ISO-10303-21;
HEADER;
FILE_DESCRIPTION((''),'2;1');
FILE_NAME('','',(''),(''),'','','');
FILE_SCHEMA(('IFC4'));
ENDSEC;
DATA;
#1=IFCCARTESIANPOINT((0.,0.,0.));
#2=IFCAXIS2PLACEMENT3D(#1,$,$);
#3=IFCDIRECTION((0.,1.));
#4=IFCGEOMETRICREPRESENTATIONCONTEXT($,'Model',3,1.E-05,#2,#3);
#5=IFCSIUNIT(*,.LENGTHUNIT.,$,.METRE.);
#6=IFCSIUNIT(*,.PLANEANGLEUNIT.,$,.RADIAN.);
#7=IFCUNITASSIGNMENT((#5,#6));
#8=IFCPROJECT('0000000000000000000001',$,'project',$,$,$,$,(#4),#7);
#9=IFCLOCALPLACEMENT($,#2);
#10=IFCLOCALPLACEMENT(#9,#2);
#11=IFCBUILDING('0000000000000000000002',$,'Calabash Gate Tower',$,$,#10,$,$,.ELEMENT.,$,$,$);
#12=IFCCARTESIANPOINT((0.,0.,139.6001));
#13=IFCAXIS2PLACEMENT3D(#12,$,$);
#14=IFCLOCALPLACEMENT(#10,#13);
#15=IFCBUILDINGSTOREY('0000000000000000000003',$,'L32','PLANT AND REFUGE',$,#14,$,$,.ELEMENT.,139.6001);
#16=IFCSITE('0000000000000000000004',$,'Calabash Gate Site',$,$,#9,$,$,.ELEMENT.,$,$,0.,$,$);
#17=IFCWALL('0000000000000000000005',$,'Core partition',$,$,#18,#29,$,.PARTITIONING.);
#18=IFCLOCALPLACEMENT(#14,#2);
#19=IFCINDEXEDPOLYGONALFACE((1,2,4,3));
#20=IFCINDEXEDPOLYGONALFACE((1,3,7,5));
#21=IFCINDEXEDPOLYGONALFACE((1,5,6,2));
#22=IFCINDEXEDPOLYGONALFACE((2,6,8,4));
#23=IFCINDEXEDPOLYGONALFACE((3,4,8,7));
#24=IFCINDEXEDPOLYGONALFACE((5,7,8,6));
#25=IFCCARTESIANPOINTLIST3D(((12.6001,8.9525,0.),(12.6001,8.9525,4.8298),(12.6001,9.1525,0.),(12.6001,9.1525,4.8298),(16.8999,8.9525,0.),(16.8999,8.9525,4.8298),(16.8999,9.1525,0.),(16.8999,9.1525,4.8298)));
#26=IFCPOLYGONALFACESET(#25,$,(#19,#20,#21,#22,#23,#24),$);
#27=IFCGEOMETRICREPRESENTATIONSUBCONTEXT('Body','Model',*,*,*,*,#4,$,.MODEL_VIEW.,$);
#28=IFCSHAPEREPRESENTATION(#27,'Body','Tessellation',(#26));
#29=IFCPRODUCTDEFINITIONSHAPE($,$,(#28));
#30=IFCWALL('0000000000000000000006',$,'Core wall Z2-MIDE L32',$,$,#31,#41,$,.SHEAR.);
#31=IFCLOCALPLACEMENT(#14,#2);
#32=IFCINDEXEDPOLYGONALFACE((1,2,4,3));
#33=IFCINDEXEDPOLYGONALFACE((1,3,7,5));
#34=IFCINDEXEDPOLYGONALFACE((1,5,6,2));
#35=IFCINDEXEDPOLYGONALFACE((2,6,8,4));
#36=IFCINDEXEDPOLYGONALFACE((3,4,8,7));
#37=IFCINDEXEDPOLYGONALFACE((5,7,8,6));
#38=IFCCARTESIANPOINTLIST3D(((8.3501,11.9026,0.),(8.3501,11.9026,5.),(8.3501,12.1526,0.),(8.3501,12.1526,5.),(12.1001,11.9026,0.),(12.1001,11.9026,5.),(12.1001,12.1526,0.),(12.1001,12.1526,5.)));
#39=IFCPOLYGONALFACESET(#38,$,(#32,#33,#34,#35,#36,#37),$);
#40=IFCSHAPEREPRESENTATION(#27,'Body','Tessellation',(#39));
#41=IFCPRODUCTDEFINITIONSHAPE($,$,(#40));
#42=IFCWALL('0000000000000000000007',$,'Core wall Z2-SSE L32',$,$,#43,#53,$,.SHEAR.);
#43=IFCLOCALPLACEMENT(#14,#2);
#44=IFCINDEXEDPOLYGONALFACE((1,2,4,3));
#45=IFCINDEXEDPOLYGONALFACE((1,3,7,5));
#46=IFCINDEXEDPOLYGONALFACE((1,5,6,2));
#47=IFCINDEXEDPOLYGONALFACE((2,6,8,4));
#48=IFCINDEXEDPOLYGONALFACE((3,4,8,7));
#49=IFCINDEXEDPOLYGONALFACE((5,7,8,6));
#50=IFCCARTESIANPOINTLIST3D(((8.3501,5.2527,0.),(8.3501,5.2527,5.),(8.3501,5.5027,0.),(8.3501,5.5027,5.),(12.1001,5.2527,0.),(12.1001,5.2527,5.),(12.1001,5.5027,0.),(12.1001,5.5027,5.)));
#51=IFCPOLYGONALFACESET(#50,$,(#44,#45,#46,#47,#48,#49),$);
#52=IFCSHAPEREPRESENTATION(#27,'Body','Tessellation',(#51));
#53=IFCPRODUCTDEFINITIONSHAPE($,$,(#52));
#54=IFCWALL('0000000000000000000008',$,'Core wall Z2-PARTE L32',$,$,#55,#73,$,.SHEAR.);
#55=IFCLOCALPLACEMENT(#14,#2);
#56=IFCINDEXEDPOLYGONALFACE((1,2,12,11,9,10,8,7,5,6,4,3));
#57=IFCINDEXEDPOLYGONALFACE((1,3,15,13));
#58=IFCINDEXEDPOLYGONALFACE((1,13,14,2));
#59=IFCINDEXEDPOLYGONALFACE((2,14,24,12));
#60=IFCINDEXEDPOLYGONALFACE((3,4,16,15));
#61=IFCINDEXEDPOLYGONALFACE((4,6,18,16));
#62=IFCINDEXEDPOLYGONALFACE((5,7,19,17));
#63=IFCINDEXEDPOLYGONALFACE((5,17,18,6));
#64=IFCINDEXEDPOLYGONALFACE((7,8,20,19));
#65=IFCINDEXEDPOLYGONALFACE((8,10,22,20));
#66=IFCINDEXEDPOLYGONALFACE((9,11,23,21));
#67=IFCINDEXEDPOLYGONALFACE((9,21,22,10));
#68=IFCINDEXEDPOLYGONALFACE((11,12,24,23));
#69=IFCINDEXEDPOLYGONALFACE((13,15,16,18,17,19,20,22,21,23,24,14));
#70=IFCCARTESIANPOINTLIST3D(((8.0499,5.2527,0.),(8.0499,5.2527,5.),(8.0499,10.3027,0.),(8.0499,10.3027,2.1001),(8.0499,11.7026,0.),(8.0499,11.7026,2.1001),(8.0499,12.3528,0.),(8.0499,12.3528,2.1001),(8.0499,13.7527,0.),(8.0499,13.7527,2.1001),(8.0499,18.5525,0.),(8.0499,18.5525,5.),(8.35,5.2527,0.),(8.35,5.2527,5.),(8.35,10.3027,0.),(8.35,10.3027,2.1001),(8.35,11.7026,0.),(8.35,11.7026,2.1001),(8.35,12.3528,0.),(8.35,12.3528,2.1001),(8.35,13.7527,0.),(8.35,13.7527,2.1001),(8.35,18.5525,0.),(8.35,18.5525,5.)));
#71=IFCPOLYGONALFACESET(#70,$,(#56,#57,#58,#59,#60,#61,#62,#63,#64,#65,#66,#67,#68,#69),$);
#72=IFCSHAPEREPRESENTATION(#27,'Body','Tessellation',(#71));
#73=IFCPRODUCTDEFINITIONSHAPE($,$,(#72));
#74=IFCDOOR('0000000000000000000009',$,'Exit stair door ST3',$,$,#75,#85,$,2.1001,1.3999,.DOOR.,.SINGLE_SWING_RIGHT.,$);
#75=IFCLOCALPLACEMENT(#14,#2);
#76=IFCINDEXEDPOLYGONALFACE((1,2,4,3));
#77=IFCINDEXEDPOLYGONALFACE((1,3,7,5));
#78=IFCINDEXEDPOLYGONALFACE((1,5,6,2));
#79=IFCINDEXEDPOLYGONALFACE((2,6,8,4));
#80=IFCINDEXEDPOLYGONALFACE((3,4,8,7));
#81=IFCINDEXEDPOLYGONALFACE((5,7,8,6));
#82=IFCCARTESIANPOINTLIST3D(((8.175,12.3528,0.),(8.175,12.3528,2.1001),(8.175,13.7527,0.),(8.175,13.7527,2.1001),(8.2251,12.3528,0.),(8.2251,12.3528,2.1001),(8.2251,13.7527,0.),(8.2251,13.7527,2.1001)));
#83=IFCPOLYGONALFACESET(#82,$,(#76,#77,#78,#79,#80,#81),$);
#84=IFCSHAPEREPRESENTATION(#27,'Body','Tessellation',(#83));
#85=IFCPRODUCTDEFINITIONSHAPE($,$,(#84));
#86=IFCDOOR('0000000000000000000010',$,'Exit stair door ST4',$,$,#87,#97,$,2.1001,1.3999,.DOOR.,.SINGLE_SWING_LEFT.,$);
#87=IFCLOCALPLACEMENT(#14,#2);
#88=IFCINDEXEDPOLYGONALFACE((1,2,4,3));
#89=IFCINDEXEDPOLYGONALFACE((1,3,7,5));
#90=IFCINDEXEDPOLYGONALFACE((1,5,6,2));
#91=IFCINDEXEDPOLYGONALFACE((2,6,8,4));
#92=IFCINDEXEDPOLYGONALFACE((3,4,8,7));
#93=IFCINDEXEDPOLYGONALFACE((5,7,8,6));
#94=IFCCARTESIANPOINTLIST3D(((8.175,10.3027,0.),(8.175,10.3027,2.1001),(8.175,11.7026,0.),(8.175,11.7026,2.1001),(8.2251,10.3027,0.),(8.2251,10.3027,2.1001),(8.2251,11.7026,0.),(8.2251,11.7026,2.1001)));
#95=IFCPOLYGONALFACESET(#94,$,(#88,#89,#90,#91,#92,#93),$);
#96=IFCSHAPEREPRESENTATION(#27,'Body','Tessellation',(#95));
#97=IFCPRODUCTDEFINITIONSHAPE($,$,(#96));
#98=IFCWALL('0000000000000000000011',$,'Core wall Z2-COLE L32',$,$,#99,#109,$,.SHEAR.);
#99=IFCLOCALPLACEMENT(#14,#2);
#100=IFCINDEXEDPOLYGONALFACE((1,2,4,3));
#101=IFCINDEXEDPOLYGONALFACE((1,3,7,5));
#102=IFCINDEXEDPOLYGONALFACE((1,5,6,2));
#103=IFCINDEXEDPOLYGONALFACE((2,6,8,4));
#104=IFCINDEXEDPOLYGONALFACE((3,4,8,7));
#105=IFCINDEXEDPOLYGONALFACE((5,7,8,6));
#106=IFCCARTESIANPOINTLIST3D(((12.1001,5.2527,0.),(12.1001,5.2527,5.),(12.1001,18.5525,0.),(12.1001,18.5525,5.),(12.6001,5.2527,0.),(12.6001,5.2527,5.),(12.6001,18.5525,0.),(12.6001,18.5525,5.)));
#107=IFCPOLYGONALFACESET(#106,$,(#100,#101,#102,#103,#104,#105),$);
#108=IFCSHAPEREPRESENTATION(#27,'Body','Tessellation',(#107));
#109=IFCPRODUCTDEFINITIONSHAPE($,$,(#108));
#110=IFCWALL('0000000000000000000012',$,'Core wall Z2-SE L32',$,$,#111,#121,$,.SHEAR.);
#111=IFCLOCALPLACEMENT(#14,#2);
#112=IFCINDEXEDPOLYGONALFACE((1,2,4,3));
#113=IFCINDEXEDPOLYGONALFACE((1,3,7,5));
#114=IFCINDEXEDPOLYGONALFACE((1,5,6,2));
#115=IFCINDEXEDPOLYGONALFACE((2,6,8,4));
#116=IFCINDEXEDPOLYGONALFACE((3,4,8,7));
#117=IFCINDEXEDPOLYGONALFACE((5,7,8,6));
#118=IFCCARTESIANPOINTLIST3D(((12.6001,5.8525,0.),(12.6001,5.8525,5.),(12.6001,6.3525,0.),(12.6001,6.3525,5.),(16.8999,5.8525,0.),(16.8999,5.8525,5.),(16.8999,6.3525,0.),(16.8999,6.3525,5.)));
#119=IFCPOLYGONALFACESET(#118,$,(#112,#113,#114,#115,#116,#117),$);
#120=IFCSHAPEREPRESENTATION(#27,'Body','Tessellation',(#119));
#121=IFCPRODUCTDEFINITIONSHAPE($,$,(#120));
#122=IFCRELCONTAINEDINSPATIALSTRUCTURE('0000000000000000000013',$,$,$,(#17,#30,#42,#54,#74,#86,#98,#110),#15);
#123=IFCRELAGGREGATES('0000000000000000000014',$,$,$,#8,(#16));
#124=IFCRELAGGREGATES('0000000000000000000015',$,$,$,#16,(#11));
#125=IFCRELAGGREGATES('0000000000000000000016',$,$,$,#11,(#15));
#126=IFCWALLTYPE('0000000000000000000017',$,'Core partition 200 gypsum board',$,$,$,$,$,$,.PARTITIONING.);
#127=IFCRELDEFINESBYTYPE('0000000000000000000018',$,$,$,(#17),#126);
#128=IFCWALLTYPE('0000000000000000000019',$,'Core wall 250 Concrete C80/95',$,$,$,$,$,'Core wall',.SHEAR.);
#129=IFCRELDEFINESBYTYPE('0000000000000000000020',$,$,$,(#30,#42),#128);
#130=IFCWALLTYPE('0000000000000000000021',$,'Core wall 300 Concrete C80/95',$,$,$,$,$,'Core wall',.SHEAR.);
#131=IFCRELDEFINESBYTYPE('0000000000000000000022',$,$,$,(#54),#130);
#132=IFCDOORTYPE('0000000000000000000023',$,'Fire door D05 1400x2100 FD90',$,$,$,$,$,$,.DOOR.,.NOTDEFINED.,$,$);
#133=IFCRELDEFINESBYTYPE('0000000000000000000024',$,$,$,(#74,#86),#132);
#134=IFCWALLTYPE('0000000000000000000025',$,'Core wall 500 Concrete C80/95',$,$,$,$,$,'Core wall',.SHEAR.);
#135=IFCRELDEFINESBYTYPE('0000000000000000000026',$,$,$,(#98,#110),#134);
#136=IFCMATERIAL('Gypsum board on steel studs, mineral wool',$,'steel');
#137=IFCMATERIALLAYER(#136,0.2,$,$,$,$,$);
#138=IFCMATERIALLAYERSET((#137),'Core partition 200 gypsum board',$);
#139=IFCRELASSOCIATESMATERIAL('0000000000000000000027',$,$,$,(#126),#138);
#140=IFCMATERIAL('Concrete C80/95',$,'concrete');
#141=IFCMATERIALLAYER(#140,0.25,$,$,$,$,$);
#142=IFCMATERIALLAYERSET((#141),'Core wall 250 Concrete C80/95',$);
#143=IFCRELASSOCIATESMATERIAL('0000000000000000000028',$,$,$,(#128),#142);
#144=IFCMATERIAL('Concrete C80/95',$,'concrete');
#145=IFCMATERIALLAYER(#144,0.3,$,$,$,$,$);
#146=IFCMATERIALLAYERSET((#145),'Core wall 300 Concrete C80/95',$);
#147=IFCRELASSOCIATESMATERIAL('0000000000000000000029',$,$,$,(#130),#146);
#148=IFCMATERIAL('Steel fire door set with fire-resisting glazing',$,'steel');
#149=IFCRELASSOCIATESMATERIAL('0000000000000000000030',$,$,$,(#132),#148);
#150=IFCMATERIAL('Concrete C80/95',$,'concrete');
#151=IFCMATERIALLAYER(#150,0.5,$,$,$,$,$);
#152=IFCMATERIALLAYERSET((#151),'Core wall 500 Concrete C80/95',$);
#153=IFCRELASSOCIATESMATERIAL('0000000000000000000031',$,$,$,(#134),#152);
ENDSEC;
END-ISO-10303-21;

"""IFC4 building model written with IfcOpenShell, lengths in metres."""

from ifc_helpers import new_model, si_unit, direction, frame, frame_2d, origin, place, context, subcontext, project, spatial, rectangle, extrude, material, layer, layer_set, type_object, element, fill, save


model = new_model("IFC4")

# Units and contexts
model_context = context("Model", 3, precision=1e-05, world=origin(), true_north=direction((0.0, 1.0)))
body_context = subcontext(model_context, "Body", "Model", "MODEL_VIEW")
ifc_project = project(units=[si_unit("LENGTHUNIT", "METRE"), si_unit("PLANEANGLEUNIT", "RADIAN")], contexts=[model_context])

# Site, building, storey
site_placement = place(None, origin())
site = spatial("IfcSite", under=ifc_project, at=site_placement, Name="Calabash Gate Site", CompositionType="ELEMENT", RefElevation=0.0)
building_placement = place(site_placement, origin())
building = spatial("IfcBuilding", under=site, at=building_placement, Name="Calabash Gate Tower", CompositionType="ELEMENT")
storey_placement = place(building_placement, frame((0.0, 0.0, 139.6001)))
storey = spatial("IfcBuildingStorey", under=building, at=storey_placement, Name="L32", Description="PLANT AND REFUGE", CompositionType="ELEMENT", Elevation=139.6001)

# Walls
ifc_material_1 = material(Name="Gypsum board on steel studs, mineral wool", Category="steel")
ifc_layer_1 = layer(ifc_material_1, 0.2)
ifc_layer_set_1 = layer_set([ifc_layer_1], Name="Core partition 200 gypsum board")
wall_type_1 = type_object("IfcWallType", Name="Core partition 200 gypsum board", PredefinedType="PARTITIONING", material=ifc_layer_set_1)
wall_1_placement = place(storey_placement, frame((12.6001, 9.0525, 0.0), z_axis=(0.0, 0.0, 1.0), x_axis=(1.0, 0.0, 0.0)))
element("IfcWall", 1, at=wall_1_placement, inside=storey, type_object=wall_type_1, Name="Core partition", PredefinedType="PARTITIONING", context=body_context, shape_type="SweptSolid", body=[
    extrude(rectangle(XDim=4.2998, YDim=0.2, at=frame_2d((2.1499, 0.0))), origin(), (0.0, 0.0, 1.0), 4.8298),
])
ifc_material_2 = material(Name="Concrete C80/95", Category="concrete")
ifc_layer_2 = layer(ifc_material_2, 0.25)
ifc_layer_set_2 = layer_set([ifc_layer_2], Name="Core wall 250 Concrete C80/95")
wall_type_2 = type_object("IfcWallType", Name="Core wall 250 Concrete C80/95", ElementType="Core wall", PredefinedType="SHEAR", material=ifc_layer_set_2)
for number, where, z_axis, x_axis, name in (
    (2, (8.3501, 12.0276, 0.0), (0.0, 0.0, 1.0), (1.0, 0.0, 0.0), "Core wall Z2-MIDE L32"),
    (3, (8.3501, 5.3777, 0.0), (0.0, 0.0, 1.0), (1.0, 0.0, 0.0), "Core wall Z2-SSE L32"),
):
    element("IfcWall", number, at=place(storey_placement, frame(where, z_axis=z_axis, x_axis=x_axis)), inside=storey, type_object=wall_type_2, Name=name, PredefinedType="SHEAR", context=body_context, shape_type="SweptSolid", body=[
        extrude(rectangle(XDim=3.75, YDim=0.25, at=frame_2d((1.875, 0.0))), origin(), (0.0, 0.0, 1.0), 5.0),
    ])

# Wall, openings, doors
ifc_material_3 = material(Name="Concrete C80/95", Category="concrete")
ifc_layer_3 = layer(ifc_material_3, 0.3)
ifc_layer_set_3 = layer_set([ifc_layer_3], Name="Core wall 300 Concrete C80/95")
wall_type_3 = type_object("IfcWallType", Name="Core wall 300 Concrete C80/95", ElementType="Core wall", PredefinedType="SHEAR", material=ifc_layer_set_3)
wall_2_placement = place(storey_placement, frame((8.2, 5.2527, 0.0), z_axis=(0.0, 0.0, 1.0), x_axis=(0.0, 1.0, 0.0)))
wall_2 = element("IfcWall", 4, at=wall_2_placement, inside=storey, type_object=wall_type_3, Name="Core wall Z2-PARTE L32", PredefinedType="SHEAR", context=body_context, shape_type="SweptSolid", body=[
    extrude(rectangle(XDim=13.2998, YDim=0.3, at=frame_2d((6.6499, 0.0))), origin(), (0.0, 0.0, 1.0), 5.0),
])
opening_1_placement = place(wall_2_placement, frame((7.1001, 0.0, 0.0)))
opening_1 = element("IfcOpeningElement", 5, at=opening_1_placement, cuts=wall_2, PredefinedType="OPENING", context=body_context, shape_type="SweptSolid", body=[
    extrude(rectangle(XDim=1.3999, YDim=2.1001, at=frame_2d((0.7, 1.05))), frame((0.0, 0.1599, 0.0), z_axis=(0.0, -1.0, 0.0), x_axis=(1.0, 0.0, 0.0)), (0.0, 0.0, 1.0), 0.3201),
])
opening_2_placement = place(wall_2_placement, frame((5.05, 0.0, 0.0)))
opening_2 = element("IfcOpeningElement", 6, at=opening_2_placement, cuts=wall_2, PredefinedType="OPENING", context=body_context, shape_type="SweptSolid", body=[
    extrude(rectangle(XDim=1.3999, YDim=2.1001, at=frame_2d((0.7, 1.05))), frame((0.0, 0.1599, 0.0), z_axis=(0.0, -1.0, 0.0), x_axis=(1.0, 0.0, 0.0)), (0.0, 0.0, 1.0), 0.3201),
])
ifc_material_4 = material(Name="Steel fire door set with fire-resisting glazing", Category="steel")
door_type_1 = type_object("IfcDoorType", Name="Fire door D05 1400x2100 FD90", OperationType="NOTDEFINED", PredefinedType="DOOR", material=ifc_material_4)
door_1_placement = place(opening_1_placement, origin())
door_1 = element("IfcDoor", 7, at=door_1_placement, inside=storey, type_object=door_type_1, Name="Exit stair door ST3", OperationType="SINGLE_SWING_RIGHT", OverallHeight=2.1001, OverallWidth=1.3999, PredefinedType="DOOR", context=body_context, shape_type="SweptSolid", body=[
    extrude(rectangle(XDim=1.3999, YDim=2.1001, at=frame_2d((0.7, 1.05))), frame((0.0, 0.0249, 0.0), z_axis=(0.0, -1.0, 0.0), x_axis=(1.0, 0.0, 0.0)), (0.0, 0.0, 1.0), 0.05),
])
fill(opening_1, door_1)
door_2_placement = place(opening_2_placement, origin())
door_2 = element("IfcDoor", 8, at=door_2_placement, inside=storey, type_object=door_type_1, Name="Exit stair door ST4", OperationType="SINGLE_SWING_LEFT", OverallHeight=2.1001, OverallWidth=1.3999, PredefinedType="DOOR", context=body_context, shape_type="SweptSolid", body=[
    extrude(rectangle(XDim=1.3999, YDim=2.1001, at=frame_2d((0.7, 1.05))), frame((0.0, 0.0249, 0.0), z_axis=(0.0, -1.0, 0.0), x_axis=(1.0, 0.0, 0.0)), (0.0, 0.0, 1.0), 0.05),
])
fill(opening_2, door_2)

# Walls
ifc_material_5 = material(Name="Concrete C80/95", Category="concrete")
ifc_layer_4 = layer(ifc_material_5, 0.5)
ifc_layer_set_4 = layer_set([ifc_layer_4], Name="Core wall 500 Concrete C80/95")
wall_type_4 = type_object("IfcWallType", Name="Core wall 500 Concrete C80/95", ElementType="Core wall", PredefinedType="SHEAR", material=ifc_layer_set_4)
wall_3_placement = place(storey_placement, frame((12.3501, 5.2527, 0.0), z_axis=(0.0, 0.0, 1.0), x_axis=(0.0, 1.0, 0.0)))
element("IfcWall", 9, at=wall_3_placement, inside=storey, type_object=wall_type_4, Name="Core wall Z2-COLE L32", PredefinedType="SHEAR", context=body_context, shape_type="SweptSolid", body=[
    extrude(rectangle(XDim=13.2998, YDim=0.5, at=frame_2d((6.6499, 0.0))), origin(), (0.0, 0.0, 1.0), 5.0),
])
wall_4_placement = place(storey_placement, frame((12.6001, 6.1025, 0.0), z_axis=(0.0, 0.0, 1.0), x_axis=(1.0, 0.0, 0.0)))
element("IfcWall", 10, at=wall_4_placement, inside=storey, type_object=wall_type_4, Name="Core wall Z2-SE L32", PredefinedType="SHEAR", context=body_context, shape_type="SweptSolid", body=[
    extrude(rectangle(XDim=4.2998, YDim=0.5, at=frame_2d((2.1499, 0.0))), origin(), (0.0, 0.0, 1.0), 5.0),
])

save(model, "model.ifc")
